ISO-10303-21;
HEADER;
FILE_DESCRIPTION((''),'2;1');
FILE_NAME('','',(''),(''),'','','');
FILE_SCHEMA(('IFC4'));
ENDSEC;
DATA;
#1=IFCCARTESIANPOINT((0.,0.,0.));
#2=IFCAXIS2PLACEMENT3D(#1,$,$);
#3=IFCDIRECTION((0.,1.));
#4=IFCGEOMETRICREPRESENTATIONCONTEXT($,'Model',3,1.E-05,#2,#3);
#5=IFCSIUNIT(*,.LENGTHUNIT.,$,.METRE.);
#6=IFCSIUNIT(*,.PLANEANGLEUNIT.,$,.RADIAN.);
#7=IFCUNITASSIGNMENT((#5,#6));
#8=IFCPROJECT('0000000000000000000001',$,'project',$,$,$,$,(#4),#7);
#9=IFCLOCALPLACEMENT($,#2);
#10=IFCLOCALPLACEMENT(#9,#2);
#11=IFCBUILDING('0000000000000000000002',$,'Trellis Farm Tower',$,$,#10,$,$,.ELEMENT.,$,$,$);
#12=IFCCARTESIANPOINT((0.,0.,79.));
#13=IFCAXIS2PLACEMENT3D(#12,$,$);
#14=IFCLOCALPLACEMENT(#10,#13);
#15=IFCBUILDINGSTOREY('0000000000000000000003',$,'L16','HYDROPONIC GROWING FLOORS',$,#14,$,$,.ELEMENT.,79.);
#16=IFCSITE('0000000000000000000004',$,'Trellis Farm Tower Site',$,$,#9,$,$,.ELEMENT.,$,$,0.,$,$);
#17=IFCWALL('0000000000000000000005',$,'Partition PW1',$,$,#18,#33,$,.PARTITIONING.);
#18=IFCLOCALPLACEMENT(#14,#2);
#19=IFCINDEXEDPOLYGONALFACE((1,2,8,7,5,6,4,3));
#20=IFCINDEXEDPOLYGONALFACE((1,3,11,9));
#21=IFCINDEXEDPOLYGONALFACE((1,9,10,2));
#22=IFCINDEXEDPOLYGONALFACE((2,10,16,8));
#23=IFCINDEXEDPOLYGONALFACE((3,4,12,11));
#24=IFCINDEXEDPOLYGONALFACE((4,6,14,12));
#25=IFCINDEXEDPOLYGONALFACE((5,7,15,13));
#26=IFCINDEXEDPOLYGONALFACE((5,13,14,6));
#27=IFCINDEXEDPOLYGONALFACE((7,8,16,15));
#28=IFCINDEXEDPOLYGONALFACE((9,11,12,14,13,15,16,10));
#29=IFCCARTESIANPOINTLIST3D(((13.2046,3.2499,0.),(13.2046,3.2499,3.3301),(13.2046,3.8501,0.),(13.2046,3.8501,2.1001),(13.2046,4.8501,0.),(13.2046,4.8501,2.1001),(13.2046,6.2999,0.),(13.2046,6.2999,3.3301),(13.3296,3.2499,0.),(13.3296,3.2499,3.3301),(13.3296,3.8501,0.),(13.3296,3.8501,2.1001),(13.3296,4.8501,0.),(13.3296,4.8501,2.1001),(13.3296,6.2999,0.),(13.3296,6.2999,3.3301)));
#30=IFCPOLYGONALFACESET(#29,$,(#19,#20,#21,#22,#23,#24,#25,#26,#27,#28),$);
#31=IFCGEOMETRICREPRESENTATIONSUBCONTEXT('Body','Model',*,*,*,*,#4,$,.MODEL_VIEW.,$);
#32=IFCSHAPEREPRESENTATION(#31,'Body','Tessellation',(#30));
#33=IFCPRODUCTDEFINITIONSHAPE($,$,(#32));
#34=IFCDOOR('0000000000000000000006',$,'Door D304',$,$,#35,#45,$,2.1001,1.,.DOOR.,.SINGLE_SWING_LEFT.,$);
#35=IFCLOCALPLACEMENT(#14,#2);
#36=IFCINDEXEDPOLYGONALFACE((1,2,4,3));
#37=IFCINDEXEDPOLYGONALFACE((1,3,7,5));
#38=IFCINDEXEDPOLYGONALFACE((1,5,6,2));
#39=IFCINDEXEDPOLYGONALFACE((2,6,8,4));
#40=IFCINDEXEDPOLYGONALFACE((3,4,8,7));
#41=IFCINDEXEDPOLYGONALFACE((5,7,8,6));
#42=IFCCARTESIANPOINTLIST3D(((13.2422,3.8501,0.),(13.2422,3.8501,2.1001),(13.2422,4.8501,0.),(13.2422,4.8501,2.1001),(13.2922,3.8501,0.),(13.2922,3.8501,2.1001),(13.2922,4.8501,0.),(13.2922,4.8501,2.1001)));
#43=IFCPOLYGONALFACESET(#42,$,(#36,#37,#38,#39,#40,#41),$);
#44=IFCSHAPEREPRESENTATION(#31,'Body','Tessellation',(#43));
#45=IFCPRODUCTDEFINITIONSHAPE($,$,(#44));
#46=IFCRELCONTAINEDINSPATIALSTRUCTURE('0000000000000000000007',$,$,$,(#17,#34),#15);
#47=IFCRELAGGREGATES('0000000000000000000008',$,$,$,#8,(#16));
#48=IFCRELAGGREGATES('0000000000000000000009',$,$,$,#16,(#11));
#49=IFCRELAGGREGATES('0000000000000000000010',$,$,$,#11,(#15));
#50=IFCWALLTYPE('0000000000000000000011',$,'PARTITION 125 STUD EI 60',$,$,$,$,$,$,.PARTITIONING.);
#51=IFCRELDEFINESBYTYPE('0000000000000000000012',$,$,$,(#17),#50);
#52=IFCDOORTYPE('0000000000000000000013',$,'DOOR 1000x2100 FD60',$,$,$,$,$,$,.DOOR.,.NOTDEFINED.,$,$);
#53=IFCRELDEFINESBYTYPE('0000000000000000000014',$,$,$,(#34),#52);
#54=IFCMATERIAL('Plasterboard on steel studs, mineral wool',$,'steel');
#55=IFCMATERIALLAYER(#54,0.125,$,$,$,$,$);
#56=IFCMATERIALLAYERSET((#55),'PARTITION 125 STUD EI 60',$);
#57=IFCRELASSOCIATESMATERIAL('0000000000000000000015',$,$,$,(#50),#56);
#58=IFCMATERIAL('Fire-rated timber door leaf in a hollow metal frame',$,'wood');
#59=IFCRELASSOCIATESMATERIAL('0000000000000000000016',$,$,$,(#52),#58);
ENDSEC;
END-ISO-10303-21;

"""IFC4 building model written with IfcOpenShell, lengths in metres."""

from ifc_helpers import new_model, si_unit, direction, frame, frame_2d, origin, place, context, subcontext, project, spatial, rectangle, extrude, source, transform, mapped, material, layer, layer_set, type_object, element, fill, save


model = new_model("IFC4")

# Units and contexts
model_context = context("Model", 3, precision=1e-05, world=origin(), true_north=direction((0.0, 1.0)))
body_context = subcontext(model_context, "Body", "Model", "MODEL_VIEW")
ifc_project = project(units=[si_unit("LENGTHUNIT", "METRE"), si_unit("PLANEANGLEUNIT", "RADIAN")], contexts=[model_context])

# Site, building, storey
site_placement = place(None, origin())
site = spatial("IfcSite", under=ifc_project, at=site_placement, Name="Trellis Farm Tower Site", CompositionType="ELEMENT", RefElevation=0.0)
building_placement = place(site_placement, origin())
building = spatial("IfcBuilding", under=site, at=building_placement, Name="Trellis Farm Tower", CompositionType="ELEMENT")
storey_placement = place(building_placement, frame((0.0, 0.0, 79.0)))
storey = spatial("IfcBuildingStorey", under=building, at=storey_placement, Name="L16", Description="HYDROPONIC GROWING FLOORS", CompositionType="ELEMENT", Elevation=79.0)

# Wall, opening, door
ifc_material_1 = material(Name="Plasterboard on steel studs, mineral wool", Category="steel")
ifc_layer_1 = layer(ifc_material_1, 0.125)
ifc_layer_set_1 = layer_set([ifc_layer_1], Name="PARTITION 125 STUD EI 60")
wall_type_1 = type_object("IfcWallType", Name="PARTITION 125 STUD EI 60", PredefinedType="PARTITIONING", material=ifc_layer_set_1)
ifc_material_2 = material(Name="Fire-rated timber door leaf in a hollow metal frame", Category="wood")
shared_shape_1 = source(origin(), body_context, "Body", "SweptSolid", [
    extrude(rectangle(XDim=3.05, YDim=0.125, at=frame_2d((1.5249, 0.0))), origin(), (0.0, 0.0, 1.0), 3.3301),
])
wall_1_placement = place(storey_placement, frame((13.2671, 3.25, 0.0), z_axis=(0.0, 0.0, 1.0), x_axis=(0.0, 1.0, 0.0)))
wall_1 = element("IfcWall", 1, at=wall_1_placement, inside=storey, type_object=wall_type_1, Name="Partition PW1", PredefinedType="PARTITIONING", context=body_context, shape_type="MappedRepresentation", body=[
    mapped(shared_shape_1, transform((0.0, 0.0, 0.0))),
])
shared_shape_2 = source(origin(), body_context, "Body", "SweptSolid", [
    extrude(rectangle(XDim=1.0, YDim=2.1001, at=frame_2d((0.5, 1.05))), frame((0.0, 0.0725, 0.0), z_axis=(0.0, -1.0, 0.0), x_axis=(1.0, 0.0, 0.0)), (0.0, 0.0, 1.0), 0.145),
])
opening_1_placement = place(wall_1_placement, frame((0.6001, 0.0, 0.0)))
opening_1 = element("IfcOpeningElement", 2, at=opening_1_placement, cuts=wall_1, PredefinedType="OPENING", context=body_context, shape_type="MappedRepresentation", body=[
    mapped(shared_shape_2, transform((0.0, 0.0, 0.0))),
])
door_type_1 = type_object("IfcDoorType", Name="DOOR 1000x2100 FD60", OperationType="NOTDEFINED", PredefinedType="DOOR", material=ifc_material_2)
shared_shape_3 = source(origin(), body_context, "Body", "SweptSolid", [
    extrude(rectangle(XDim=1.0, YDim=2.1001, at=frame_2d((0.5, 1.05))), frame((0.0, 0.0249, 0.0), z_axis=(0.0, -1.0, 0.0), x_axis=(1.0, 0.0, 0.0)), (0.0, 0.0, 1.0), 0.05),
])
door_1_placement = place(opening_1_placement, origin())
door_1 = element("IfcDoor", 3, at=door_1_placement, inside=storey, type_object=door_type_1, Name="Door D304", OperationType="SINGLE_SWING_LEFT", OverallHeight=2.1001, OverallWidth=1.0, PredefinedType="DOOR", context=body_context, shape_type="MappedRepresentation", body=[
    mapped(shared_shape_3, transform((0.0, 0.0, 0.0))),
])
fill(opening_1, door_1)

save(model, "model.ifc")
